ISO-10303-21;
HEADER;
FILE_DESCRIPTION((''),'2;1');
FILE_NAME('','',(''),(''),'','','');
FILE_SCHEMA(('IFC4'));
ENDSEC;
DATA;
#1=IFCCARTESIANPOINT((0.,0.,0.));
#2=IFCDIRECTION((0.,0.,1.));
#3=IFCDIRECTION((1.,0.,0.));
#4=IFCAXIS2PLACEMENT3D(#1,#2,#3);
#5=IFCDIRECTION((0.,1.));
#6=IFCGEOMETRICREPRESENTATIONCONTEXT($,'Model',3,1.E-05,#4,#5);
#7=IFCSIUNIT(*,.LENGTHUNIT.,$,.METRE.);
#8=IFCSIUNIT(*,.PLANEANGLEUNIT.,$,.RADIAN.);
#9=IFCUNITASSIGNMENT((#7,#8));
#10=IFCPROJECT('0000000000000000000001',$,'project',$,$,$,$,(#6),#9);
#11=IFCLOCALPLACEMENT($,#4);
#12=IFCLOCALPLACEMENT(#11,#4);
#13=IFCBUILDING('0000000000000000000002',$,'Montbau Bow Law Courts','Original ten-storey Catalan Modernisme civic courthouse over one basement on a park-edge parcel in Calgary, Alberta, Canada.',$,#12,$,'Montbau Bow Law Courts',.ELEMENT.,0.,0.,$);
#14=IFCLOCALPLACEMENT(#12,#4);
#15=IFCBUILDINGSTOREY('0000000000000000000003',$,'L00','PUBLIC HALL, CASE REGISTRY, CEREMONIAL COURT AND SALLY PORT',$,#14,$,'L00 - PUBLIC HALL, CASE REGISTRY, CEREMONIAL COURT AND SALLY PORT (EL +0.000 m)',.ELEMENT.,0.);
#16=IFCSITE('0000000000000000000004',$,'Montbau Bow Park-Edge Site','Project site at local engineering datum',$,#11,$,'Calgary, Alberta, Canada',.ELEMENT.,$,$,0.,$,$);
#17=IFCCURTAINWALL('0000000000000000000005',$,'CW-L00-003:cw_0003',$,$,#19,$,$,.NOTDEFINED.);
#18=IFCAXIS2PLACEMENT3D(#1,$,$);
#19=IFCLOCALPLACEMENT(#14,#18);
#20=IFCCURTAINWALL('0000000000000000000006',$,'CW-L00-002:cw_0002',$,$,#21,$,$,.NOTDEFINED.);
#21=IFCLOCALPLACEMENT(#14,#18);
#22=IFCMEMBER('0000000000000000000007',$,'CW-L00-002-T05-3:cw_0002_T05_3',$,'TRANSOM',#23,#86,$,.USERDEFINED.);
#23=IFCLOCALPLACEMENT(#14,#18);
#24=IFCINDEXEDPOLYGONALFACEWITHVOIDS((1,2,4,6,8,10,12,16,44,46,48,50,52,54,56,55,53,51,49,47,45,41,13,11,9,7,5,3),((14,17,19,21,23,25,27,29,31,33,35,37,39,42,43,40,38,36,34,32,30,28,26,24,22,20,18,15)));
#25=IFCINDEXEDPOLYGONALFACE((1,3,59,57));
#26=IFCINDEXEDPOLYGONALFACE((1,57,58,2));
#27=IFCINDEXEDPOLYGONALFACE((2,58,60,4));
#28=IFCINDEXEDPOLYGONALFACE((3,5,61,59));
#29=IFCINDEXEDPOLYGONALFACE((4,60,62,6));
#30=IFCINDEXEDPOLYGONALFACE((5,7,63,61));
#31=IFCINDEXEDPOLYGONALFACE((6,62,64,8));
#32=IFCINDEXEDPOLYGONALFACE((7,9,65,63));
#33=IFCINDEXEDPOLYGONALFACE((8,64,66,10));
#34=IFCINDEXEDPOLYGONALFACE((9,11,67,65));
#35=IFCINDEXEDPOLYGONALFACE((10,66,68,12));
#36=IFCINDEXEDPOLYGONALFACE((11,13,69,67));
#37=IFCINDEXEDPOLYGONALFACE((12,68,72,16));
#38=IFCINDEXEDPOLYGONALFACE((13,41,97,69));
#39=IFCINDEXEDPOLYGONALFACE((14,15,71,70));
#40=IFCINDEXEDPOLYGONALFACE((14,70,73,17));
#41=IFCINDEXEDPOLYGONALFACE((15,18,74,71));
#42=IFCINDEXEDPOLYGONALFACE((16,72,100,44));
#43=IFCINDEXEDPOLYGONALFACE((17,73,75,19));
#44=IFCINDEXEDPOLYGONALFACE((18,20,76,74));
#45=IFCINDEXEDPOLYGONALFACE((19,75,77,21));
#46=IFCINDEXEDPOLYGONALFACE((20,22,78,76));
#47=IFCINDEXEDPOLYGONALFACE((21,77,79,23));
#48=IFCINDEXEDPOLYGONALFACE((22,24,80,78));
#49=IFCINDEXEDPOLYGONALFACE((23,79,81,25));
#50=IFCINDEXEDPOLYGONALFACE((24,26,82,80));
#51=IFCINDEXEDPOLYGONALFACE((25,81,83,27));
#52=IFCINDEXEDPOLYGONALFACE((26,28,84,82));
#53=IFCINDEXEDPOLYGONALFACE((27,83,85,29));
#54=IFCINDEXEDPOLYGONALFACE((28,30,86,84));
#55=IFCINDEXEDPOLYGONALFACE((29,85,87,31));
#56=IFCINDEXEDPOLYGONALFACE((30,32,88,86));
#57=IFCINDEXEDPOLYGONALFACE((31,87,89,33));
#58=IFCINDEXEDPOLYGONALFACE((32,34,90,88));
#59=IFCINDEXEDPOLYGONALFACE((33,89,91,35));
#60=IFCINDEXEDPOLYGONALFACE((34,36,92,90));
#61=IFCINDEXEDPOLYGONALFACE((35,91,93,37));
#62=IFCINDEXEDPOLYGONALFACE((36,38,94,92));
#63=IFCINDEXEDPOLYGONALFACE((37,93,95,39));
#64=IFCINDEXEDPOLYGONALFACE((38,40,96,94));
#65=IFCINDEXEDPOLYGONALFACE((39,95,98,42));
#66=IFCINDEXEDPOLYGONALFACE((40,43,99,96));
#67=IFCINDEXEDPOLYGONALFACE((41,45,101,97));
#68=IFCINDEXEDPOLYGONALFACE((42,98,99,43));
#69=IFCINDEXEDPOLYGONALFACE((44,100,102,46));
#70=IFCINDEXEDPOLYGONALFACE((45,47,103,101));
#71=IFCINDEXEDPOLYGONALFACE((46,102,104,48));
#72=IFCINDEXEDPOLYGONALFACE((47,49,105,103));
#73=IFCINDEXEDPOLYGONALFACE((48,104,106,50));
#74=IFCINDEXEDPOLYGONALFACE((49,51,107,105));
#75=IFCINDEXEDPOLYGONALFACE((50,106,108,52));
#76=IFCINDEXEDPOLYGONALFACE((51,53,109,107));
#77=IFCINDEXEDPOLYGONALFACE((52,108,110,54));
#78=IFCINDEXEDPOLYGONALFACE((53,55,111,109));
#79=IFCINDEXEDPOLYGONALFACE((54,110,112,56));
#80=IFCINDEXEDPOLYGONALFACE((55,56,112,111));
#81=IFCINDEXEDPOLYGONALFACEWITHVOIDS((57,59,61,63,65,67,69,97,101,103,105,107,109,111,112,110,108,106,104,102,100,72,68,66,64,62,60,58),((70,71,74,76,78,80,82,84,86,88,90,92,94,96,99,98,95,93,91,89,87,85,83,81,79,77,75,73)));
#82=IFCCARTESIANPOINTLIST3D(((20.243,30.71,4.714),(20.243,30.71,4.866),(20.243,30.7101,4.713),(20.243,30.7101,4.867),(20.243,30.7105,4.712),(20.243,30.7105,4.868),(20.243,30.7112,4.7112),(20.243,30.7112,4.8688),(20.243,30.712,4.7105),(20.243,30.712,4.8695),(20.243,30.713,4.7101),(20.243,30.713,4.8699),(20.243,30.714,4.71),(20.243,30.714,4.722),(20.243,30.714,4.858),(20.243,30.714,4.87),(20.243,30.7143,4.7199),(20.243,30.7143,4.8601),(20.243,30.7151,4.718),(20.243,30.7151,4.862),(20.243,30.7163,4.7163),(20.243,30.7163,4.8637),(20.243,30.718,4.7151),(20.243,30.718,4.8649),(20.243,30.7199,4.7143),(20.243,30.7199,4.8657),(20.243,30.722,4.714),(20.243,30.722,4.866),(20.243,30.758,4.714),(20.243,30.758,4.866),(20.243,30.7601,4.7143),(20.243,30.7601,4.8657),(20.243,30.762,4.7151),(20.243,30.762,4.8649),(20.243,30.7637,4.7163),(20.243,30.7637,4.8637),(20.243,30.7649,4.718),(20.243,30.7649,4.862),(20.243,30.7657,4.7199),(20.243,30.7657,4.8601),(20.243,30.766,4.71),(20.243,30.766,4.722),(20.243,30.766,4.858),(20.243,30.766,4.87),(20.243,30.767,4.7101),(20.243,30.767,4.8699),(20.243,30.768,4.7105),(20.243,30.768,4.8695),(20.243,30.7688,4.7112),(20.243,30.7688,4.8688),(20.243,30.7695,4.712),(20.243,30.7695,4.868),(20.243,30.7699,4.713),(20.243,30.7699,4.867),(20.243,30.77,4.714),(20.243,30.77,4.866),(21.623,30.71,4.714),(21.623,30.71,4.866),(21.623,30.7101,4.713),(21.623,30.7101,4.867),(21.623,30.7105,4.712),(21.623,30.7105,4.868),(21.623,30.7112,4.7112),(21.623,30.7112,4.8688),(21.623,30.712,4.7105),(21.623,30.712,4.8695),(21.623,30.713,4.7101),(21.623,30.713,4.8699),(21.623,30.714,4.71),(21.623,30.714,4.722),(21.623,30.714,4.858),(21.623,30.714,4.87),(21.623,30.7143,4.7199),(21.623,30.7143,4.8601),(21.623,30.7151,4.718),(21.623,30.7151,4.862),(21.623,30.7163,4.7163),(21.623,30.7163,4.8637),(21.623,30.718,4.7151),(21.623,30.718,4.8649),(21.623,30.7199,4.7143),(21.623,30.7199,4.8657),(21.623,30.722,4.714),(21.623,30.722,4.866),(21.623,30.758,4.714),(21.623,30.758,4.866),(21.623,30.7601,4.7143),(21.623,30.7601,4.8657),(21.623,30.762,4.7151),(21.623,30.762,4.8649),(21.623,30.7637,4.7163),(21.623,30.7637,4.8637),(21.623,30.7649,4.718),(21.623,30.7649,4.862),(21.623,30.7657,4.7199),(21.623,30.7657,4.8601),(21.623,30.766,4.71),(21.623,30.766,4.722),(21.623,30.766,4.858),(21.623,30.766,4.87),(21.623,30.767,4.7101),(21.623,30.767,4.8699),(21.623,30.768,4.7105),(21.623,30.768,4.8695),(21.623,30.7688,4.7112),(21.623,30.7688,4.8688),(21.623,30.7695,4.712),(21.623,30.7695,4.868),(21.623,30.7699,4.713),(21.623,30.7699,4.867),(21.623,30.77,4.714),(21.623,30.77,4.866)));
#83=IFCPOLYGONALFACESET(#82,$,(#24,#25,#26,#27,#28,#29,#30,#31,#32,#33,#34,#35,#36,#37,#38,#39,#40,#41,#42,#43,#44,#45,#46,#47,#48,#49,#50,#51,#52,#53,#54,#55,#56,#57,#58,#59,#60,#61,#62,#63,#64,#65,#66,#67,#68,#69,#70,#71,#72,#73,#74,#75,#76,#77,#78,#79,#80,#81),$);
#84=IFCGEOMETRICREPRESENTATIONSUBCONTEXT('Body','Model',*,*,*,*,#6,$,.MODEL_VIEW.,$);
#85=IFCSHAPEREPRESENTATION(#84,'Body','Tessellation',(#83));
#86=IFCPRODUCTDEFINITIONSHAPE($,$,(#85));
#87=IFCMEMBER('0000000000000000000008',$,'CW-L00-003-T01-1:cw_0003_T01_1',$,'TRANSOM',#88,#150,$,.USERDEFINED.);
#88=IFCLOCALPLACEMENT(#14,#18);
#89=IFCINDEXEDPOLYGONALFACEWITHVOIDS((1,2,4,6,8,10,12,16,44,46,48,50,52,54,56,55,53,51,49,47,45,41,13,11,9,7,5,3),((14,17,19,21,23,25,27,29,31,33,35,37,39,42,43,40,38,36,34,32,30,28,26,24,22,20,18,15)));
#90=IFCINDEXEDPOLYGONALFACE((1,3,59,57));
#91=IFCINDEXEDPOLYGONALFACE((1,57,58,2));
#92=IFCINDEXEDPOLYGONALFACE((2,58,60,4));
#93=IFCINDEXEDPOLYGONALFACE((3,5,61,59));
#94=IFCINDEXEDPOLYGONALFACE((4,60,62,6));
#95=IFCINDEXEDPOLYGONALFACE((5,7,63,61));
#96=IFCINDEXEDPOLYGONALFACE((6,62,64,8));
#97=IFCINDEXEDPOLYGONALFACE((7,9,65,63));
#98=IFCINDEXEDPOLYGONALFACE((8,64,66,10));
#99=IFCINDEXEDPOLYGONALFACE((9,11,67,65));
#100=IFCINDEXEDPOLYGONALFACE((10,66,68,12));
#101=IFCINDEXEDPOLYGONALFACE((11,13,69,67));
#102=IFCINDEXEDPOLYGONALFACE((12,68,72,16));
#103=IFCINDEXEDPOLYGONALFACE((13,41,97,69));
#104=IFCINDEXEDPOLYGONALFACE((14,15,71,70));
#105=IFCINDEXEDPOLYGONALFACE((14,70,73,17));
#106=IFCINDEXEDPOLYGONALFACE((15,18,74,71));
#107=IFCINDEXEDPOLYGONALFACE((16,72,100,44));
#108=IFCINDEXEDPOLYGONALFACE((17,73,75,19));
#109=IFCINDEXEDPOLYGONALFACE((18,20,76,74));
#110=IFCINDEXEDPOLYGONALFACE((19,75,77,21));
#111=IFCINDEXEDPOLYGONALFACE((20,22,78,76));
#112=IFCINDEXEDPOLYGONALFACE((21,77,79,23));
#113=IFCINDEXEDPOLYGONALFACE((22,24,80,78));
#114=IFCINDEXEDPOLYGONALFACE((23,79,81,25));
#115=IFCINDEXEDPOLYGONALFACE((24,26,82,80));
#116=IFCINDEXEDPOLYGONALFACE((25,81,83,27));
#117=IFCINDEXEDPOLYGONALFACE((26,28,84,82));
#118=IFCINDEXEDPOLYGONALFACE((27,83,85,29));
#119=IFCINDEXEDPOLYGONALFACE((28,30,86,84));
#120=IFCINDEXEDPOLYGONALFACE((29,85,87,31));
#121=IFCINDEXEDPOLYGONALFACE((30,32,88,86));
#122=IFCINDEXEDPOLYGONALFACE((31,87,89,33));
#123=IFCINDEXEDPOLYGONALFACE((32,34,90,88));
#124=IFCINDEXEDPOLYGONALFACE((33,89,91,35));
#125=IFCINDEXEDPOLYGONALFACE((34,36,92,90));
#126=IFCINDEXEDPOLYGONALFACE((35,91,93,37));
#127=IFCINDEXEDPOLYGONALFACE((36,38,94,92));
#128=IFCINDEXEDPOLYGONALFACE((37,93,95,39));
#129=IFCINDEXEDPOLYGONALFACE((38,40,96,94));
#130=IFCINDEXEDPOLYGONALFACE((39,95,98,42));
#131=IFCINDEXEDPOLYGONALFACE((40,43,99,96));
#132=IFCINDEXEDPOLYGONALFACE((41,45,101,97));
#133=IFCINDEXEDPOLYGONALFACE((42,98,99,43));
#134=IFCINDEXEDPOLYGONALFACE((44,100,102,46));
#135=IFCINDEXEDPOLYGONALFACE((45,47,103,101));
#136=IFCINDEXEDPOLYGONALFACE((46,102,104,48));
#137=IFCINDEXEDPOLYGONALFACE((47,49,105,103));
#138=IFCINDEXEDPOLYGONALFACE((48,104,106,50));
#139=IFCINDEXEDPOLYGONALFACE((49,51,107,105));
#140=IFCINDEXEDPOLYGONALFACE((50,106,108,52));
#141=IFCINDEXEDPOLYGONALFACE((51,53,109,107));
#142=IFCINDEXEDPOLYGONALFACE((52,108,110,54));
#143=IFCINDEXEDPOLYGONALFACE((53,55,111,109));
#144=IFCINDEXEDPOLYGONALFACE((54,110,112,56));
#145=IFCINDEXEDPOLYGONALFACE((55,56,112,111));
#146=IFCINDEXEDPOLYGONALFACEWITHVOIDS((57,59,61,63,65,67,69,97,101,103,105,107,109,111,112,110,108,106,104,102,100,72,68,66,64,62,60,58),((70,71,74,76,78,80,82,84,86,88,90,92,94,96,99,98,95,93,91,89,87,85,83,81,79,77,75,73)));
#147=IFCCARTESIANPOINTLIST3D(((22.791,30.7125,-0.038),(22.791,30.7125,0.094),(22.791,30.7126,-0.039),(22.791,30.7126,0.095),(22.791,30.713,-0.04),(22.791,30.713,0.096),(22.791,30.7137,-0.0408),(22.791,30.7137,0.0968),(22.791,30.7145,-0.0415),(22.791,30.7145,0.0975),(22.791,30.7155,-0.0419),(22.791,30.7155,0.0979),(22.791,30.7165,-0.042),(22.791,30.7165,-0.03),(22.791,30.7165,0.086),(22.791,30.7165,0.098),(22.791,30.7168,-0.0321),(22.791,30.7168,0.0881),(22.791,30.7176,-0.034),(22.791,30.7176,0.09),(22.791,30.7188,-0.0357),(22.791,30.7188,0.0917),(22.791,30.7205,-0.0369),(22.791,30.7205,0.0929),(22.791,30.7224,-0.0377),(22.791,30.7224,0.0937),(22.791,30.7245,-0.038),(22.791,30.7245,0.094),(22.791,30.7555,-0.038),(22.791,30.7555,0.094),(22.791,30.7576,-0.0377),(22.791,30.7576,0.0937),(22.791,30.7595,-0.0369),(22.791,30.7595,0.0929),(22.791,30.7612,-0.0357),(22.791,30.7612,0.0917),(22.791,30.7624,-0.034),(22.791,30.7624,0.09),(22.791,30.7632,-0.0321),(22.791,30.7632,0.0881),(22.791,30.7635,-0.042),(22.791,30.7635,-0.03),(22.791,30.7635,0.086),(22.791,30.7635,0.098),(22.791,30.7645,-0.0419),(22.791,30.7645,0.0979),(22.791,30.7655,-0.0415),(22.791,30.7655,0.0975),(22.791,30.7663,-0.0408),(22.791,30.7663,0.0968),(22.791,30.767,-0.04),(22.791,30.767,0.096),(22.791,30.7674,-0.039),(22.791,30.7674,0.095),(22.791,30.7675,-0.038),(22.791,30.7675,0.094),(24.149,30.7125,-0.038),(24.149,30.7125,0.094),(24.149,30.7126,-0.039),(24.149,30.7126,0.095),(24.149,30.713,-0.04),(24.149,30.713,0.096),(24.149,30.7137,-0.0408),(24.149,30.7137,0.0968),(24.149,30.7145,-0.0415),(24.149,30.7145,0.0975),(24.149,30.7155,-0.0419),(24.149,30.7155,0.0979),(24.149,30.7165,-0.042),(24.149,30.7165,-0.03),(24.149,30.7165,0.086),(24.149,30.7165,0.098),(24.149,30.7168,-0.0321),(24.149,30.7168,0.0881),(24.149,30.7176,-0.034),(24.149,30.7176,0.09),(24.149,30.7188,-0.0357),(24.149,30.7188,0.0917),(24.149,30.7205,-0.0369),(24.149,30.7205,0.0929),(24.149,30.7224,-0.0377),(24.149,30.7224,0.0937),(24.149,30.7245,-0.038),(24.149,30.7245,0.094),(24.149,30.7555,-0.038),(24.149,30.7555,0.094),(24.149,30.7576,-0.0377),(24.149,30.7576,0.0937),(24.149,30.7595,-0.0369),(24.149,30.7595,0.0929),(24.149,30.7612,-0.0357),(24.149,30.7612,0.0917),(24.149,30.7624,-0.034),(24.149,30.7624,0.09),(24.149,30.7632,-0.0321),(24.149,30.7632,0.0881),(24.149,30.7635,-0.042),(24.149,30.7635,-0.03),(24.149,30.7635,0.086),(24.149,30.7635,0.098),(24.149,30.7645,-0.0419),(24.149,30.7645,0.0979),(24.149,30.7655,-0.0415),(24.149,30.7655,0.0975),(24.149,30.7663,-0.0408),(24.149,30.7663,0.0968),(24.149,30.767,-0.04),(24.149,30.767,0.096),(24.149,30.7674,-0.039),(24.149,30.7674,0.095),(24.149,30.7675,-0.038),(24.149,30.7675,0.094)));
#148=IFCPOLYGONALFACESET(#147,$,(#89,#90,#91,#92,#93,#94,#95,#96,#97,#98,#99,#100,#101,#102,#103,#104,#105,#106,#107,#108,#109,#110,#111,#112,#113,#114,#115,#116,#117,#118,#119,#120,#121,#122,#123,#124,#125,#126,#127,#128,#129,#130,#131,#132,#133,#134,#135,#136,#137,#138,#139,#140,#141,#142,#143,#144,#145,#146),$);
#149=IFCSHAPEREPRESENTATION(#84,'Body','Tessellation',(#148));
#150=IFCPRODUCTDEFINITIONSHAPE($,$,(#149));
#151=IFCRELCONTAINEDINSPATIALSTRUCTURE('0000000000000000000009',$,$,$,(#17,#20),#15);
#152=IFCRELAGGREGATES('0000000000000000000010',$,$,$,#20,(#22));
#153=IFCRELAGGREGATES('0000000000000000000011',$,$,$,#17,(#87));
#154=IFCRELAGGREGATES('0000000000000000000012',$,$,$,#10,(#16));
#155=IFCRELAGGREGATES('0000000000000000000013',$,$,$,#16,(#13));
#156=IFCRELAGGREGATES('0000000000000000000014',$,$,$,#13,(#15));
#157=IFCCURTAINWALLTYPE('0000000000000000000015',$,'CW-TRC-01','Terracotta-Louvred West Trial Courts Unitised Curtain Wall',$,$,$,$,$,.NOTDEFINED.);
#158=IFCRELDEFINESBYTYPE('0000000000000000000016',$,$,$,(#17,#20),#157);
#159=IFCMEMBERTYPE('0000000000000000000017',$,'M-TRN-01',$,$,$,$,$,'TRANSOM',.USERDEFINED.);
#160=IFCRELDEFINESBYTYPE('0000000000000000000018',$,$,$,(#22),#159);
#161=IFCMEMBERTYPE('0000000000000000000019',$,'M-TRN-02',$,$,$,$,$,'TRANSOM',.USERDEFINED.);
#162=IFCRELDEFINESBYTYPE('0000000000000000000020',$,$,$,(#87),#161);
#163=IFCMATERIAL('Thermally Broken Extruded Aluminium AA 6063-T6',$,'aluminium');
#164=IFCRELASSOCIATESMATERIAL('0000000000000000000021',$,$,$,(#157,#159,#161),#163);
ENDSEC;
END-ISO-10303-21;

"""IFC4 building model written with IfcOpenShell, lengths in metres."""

from ifc_helpers import new_model, si_unit, direction, frame, origin_with_axes, origin_2d_with_axis, place, context, subcontext, project, spatial, hollow_rectangle, extrude, material, material_profile, profile_set, type_object, element, aggregate, save


model = new_model("IFC4")

# Units and contexts
model_context = context("Model", 3, precision=1e-05, world=origin_with_axes(), true_north=direction((0.0, 1.0)))
body_context = subcontext(model_context, "Body", "Model", "MODEL_VIEW")
ifc_project = project(units=[si_unit("LENGTHUNIT", "METRE"), si_unit("PLANEANGLEUNIT", "RADIAN")], contexts=[model_context])

# Site, building, storey
site_placement = place(None, origin_with_axes())
site = spatial("IfcSite", under=ifc_project, at=site_placement, Name="Montbau Bow Park-Edge Site", Description="Project site at local engineering datum", LongName="Calgary, Alberta, Canada", CompositionType="ELEMENT", RefElevation=0.0)
building_placement = place(site_placement, origin_with_axes())
building = spatial("IfcBuilding", under=site, at=building_placement, Name="Montbau Bow Law Courts", Description="Original ten-storey Catalan Modernisme civic courthouse over one basement on a park-edge parcel in Calgary, Alberta, Canada.", LongName="Montbau Bow Law Courts", CompositionType="ELEMENT", ElevationOfRefHeight=0.0, ElevationOfTerrain=0.0)
storey_placement = place(building_placement, origin_with_axes())
storey = spatial("IfcBuildingStorey", under=building, at=storey_placement, Name="L00", Description="PUBLIC HALL, CASE REGISTRY, CEREMONIAL COURT AND SALLY PORT", LongName="L00 - PUBLIC HALL, CASE REGISTRY, CEREMONIAL COURT AND SALLY PORT (EL +0.000 m)", CompositionType="ELEMENT", Elevation=0.0)

# Curtain walls, member
ifc_material_1 = material(Name="Thermally Broken Extruded Aluminium AA 6063-T6", Category="aluminium")
curtain_wall_type = type_object("IfcCurtainWallType", Name="CW-TRC-01", Description="Terracotta-Louvred West Trial Courts Unitised Curtain Wall", PredefinedType="NOTDEFINED", material=ifc_material_1)
curtain_wall_1_placement = place(None, frame((22.715, 30.74, 0.0), z_axis=(0.0, 0.0, 1.0), x_axis=(1.0, 0.0, 0.0)))
curtain_wall_1 = element("IfcCurtainWall", 1, at=curtain_wall_1_placement, inside=storey, type_object=curtain_wall_type, Name="CW-L00-003:cw_0003", PredefinedType="NOTDEFINED")
curtain_wall_2_placement = place(None, frame((14.315, 30.74, 0.0), z_axis=(0.0, 0.0, 1.0), x_axis=(1.0, 0.0, 0.0)))
curtain_wall_2 = element("IfcCurtainWall", 2, at=curtain_wall_2_placement, inside=storey, type_object=curtain_wall_type, Name="CW-L00-002:cw_0002", PredefinedType="NOTDEFINED")
ifc_material_profile_1 = material_profile(ifc_material_1, hollow_rectangle(XDim=0.06, YDim=0.16, WallThickness=0.004, InnerFilletRadius=0.008, OuterFilletRadius=0.004, at=origin_2d_with_axis()), Name="CWT-160X60", Category="Main", Priority=0)
ifc_profile_set_1 = profile_set([ifc_material_profile_1], Name="Thermally Broken Extruded Aluminium AA 6063-T6")
member_type_1 = type_object("IfcMemberType", Name="M-TRN-01", ElementType="TRANSOM", PredefinedType="USERDEFINED", material=ifc_profile_set_1)
member_1_placement = place(None, frame((20.243, 30.74, 4.79), z_axis=(1.0, 0.0, 0.0), x_axis=(0.0, 1.0, 0.0)))
member_1 = element("IfcMember", 3, at=member_1_placement, type_object=member_type_1, Name="CW-L00-002-T05-3:cw_0002_T05_3", ObjectType="TRANSOM", PredefinedType="USERDEFINED", context=body_context, shape_type="SweptSolid", body=[
    extrude(hollow_rectangle(XDim=0.06, YDim=0.16, WallThickness=0.004, InnerFilletRadius=0.008, OuterFilletRadius=0.004, at=origin_2d_with_axis()), origin_with_axes(), (0.0, 0.0, 1.0), 1.38),
])

# Member
ifc_material_profile_2 = material_profile(ifc_material_1, hollow_rectangle(XDim=0.055, YDim=0.14, WallThickness=0.004, InnerFilletRadius=0.008, OuterFilletRadius=0.004, at=origin_2d_with_axis()), Name="CWT-140X55", Category="Main", Priority=0)
ifc_profile_set_2 = profile_set([ifc_material_profile_2], Name="Thermally Broken Extruded Aluminium AA 6063-T6")
member_type_2 = type_object("IfcMemberType", Name="M-TRN-02", ElementType="TRANSOM", PredefinedType="USERDEFINED", material=ifc_profile_set_2)
member_2_placement = place(None, frame((22.791, 30.74, 0.028), z_axis=(1.0, 0.0, 0.0), x_axis=(0.0, 1.0, 0.0)))
member_2 = element("IfcMember", 4, at=member_2_placement, type_object=member_type_2, Name="CW-L00-003-T01-1:cw_0003_T01_1", ObjectType="TRANSOM", PredefinedType="USERDEFINED", context=body_context, shape_type="SweptSolid", body=[
    extrude(hollow_rectangle(XDim=0.055, YDim=0.14, WallThickness=0.004, InnerFilletRadius=0.008, OuterFilletRadius=0.004, at=origin_2d_with_axis()), origin_with_axes(), (0.0, 0.0, 1.0), 1.358),
])

aggregate(curtain_wall_2, [member_1])
aggregate(curtain_wall_1, [member_2])

save(model, "model.ifc")
